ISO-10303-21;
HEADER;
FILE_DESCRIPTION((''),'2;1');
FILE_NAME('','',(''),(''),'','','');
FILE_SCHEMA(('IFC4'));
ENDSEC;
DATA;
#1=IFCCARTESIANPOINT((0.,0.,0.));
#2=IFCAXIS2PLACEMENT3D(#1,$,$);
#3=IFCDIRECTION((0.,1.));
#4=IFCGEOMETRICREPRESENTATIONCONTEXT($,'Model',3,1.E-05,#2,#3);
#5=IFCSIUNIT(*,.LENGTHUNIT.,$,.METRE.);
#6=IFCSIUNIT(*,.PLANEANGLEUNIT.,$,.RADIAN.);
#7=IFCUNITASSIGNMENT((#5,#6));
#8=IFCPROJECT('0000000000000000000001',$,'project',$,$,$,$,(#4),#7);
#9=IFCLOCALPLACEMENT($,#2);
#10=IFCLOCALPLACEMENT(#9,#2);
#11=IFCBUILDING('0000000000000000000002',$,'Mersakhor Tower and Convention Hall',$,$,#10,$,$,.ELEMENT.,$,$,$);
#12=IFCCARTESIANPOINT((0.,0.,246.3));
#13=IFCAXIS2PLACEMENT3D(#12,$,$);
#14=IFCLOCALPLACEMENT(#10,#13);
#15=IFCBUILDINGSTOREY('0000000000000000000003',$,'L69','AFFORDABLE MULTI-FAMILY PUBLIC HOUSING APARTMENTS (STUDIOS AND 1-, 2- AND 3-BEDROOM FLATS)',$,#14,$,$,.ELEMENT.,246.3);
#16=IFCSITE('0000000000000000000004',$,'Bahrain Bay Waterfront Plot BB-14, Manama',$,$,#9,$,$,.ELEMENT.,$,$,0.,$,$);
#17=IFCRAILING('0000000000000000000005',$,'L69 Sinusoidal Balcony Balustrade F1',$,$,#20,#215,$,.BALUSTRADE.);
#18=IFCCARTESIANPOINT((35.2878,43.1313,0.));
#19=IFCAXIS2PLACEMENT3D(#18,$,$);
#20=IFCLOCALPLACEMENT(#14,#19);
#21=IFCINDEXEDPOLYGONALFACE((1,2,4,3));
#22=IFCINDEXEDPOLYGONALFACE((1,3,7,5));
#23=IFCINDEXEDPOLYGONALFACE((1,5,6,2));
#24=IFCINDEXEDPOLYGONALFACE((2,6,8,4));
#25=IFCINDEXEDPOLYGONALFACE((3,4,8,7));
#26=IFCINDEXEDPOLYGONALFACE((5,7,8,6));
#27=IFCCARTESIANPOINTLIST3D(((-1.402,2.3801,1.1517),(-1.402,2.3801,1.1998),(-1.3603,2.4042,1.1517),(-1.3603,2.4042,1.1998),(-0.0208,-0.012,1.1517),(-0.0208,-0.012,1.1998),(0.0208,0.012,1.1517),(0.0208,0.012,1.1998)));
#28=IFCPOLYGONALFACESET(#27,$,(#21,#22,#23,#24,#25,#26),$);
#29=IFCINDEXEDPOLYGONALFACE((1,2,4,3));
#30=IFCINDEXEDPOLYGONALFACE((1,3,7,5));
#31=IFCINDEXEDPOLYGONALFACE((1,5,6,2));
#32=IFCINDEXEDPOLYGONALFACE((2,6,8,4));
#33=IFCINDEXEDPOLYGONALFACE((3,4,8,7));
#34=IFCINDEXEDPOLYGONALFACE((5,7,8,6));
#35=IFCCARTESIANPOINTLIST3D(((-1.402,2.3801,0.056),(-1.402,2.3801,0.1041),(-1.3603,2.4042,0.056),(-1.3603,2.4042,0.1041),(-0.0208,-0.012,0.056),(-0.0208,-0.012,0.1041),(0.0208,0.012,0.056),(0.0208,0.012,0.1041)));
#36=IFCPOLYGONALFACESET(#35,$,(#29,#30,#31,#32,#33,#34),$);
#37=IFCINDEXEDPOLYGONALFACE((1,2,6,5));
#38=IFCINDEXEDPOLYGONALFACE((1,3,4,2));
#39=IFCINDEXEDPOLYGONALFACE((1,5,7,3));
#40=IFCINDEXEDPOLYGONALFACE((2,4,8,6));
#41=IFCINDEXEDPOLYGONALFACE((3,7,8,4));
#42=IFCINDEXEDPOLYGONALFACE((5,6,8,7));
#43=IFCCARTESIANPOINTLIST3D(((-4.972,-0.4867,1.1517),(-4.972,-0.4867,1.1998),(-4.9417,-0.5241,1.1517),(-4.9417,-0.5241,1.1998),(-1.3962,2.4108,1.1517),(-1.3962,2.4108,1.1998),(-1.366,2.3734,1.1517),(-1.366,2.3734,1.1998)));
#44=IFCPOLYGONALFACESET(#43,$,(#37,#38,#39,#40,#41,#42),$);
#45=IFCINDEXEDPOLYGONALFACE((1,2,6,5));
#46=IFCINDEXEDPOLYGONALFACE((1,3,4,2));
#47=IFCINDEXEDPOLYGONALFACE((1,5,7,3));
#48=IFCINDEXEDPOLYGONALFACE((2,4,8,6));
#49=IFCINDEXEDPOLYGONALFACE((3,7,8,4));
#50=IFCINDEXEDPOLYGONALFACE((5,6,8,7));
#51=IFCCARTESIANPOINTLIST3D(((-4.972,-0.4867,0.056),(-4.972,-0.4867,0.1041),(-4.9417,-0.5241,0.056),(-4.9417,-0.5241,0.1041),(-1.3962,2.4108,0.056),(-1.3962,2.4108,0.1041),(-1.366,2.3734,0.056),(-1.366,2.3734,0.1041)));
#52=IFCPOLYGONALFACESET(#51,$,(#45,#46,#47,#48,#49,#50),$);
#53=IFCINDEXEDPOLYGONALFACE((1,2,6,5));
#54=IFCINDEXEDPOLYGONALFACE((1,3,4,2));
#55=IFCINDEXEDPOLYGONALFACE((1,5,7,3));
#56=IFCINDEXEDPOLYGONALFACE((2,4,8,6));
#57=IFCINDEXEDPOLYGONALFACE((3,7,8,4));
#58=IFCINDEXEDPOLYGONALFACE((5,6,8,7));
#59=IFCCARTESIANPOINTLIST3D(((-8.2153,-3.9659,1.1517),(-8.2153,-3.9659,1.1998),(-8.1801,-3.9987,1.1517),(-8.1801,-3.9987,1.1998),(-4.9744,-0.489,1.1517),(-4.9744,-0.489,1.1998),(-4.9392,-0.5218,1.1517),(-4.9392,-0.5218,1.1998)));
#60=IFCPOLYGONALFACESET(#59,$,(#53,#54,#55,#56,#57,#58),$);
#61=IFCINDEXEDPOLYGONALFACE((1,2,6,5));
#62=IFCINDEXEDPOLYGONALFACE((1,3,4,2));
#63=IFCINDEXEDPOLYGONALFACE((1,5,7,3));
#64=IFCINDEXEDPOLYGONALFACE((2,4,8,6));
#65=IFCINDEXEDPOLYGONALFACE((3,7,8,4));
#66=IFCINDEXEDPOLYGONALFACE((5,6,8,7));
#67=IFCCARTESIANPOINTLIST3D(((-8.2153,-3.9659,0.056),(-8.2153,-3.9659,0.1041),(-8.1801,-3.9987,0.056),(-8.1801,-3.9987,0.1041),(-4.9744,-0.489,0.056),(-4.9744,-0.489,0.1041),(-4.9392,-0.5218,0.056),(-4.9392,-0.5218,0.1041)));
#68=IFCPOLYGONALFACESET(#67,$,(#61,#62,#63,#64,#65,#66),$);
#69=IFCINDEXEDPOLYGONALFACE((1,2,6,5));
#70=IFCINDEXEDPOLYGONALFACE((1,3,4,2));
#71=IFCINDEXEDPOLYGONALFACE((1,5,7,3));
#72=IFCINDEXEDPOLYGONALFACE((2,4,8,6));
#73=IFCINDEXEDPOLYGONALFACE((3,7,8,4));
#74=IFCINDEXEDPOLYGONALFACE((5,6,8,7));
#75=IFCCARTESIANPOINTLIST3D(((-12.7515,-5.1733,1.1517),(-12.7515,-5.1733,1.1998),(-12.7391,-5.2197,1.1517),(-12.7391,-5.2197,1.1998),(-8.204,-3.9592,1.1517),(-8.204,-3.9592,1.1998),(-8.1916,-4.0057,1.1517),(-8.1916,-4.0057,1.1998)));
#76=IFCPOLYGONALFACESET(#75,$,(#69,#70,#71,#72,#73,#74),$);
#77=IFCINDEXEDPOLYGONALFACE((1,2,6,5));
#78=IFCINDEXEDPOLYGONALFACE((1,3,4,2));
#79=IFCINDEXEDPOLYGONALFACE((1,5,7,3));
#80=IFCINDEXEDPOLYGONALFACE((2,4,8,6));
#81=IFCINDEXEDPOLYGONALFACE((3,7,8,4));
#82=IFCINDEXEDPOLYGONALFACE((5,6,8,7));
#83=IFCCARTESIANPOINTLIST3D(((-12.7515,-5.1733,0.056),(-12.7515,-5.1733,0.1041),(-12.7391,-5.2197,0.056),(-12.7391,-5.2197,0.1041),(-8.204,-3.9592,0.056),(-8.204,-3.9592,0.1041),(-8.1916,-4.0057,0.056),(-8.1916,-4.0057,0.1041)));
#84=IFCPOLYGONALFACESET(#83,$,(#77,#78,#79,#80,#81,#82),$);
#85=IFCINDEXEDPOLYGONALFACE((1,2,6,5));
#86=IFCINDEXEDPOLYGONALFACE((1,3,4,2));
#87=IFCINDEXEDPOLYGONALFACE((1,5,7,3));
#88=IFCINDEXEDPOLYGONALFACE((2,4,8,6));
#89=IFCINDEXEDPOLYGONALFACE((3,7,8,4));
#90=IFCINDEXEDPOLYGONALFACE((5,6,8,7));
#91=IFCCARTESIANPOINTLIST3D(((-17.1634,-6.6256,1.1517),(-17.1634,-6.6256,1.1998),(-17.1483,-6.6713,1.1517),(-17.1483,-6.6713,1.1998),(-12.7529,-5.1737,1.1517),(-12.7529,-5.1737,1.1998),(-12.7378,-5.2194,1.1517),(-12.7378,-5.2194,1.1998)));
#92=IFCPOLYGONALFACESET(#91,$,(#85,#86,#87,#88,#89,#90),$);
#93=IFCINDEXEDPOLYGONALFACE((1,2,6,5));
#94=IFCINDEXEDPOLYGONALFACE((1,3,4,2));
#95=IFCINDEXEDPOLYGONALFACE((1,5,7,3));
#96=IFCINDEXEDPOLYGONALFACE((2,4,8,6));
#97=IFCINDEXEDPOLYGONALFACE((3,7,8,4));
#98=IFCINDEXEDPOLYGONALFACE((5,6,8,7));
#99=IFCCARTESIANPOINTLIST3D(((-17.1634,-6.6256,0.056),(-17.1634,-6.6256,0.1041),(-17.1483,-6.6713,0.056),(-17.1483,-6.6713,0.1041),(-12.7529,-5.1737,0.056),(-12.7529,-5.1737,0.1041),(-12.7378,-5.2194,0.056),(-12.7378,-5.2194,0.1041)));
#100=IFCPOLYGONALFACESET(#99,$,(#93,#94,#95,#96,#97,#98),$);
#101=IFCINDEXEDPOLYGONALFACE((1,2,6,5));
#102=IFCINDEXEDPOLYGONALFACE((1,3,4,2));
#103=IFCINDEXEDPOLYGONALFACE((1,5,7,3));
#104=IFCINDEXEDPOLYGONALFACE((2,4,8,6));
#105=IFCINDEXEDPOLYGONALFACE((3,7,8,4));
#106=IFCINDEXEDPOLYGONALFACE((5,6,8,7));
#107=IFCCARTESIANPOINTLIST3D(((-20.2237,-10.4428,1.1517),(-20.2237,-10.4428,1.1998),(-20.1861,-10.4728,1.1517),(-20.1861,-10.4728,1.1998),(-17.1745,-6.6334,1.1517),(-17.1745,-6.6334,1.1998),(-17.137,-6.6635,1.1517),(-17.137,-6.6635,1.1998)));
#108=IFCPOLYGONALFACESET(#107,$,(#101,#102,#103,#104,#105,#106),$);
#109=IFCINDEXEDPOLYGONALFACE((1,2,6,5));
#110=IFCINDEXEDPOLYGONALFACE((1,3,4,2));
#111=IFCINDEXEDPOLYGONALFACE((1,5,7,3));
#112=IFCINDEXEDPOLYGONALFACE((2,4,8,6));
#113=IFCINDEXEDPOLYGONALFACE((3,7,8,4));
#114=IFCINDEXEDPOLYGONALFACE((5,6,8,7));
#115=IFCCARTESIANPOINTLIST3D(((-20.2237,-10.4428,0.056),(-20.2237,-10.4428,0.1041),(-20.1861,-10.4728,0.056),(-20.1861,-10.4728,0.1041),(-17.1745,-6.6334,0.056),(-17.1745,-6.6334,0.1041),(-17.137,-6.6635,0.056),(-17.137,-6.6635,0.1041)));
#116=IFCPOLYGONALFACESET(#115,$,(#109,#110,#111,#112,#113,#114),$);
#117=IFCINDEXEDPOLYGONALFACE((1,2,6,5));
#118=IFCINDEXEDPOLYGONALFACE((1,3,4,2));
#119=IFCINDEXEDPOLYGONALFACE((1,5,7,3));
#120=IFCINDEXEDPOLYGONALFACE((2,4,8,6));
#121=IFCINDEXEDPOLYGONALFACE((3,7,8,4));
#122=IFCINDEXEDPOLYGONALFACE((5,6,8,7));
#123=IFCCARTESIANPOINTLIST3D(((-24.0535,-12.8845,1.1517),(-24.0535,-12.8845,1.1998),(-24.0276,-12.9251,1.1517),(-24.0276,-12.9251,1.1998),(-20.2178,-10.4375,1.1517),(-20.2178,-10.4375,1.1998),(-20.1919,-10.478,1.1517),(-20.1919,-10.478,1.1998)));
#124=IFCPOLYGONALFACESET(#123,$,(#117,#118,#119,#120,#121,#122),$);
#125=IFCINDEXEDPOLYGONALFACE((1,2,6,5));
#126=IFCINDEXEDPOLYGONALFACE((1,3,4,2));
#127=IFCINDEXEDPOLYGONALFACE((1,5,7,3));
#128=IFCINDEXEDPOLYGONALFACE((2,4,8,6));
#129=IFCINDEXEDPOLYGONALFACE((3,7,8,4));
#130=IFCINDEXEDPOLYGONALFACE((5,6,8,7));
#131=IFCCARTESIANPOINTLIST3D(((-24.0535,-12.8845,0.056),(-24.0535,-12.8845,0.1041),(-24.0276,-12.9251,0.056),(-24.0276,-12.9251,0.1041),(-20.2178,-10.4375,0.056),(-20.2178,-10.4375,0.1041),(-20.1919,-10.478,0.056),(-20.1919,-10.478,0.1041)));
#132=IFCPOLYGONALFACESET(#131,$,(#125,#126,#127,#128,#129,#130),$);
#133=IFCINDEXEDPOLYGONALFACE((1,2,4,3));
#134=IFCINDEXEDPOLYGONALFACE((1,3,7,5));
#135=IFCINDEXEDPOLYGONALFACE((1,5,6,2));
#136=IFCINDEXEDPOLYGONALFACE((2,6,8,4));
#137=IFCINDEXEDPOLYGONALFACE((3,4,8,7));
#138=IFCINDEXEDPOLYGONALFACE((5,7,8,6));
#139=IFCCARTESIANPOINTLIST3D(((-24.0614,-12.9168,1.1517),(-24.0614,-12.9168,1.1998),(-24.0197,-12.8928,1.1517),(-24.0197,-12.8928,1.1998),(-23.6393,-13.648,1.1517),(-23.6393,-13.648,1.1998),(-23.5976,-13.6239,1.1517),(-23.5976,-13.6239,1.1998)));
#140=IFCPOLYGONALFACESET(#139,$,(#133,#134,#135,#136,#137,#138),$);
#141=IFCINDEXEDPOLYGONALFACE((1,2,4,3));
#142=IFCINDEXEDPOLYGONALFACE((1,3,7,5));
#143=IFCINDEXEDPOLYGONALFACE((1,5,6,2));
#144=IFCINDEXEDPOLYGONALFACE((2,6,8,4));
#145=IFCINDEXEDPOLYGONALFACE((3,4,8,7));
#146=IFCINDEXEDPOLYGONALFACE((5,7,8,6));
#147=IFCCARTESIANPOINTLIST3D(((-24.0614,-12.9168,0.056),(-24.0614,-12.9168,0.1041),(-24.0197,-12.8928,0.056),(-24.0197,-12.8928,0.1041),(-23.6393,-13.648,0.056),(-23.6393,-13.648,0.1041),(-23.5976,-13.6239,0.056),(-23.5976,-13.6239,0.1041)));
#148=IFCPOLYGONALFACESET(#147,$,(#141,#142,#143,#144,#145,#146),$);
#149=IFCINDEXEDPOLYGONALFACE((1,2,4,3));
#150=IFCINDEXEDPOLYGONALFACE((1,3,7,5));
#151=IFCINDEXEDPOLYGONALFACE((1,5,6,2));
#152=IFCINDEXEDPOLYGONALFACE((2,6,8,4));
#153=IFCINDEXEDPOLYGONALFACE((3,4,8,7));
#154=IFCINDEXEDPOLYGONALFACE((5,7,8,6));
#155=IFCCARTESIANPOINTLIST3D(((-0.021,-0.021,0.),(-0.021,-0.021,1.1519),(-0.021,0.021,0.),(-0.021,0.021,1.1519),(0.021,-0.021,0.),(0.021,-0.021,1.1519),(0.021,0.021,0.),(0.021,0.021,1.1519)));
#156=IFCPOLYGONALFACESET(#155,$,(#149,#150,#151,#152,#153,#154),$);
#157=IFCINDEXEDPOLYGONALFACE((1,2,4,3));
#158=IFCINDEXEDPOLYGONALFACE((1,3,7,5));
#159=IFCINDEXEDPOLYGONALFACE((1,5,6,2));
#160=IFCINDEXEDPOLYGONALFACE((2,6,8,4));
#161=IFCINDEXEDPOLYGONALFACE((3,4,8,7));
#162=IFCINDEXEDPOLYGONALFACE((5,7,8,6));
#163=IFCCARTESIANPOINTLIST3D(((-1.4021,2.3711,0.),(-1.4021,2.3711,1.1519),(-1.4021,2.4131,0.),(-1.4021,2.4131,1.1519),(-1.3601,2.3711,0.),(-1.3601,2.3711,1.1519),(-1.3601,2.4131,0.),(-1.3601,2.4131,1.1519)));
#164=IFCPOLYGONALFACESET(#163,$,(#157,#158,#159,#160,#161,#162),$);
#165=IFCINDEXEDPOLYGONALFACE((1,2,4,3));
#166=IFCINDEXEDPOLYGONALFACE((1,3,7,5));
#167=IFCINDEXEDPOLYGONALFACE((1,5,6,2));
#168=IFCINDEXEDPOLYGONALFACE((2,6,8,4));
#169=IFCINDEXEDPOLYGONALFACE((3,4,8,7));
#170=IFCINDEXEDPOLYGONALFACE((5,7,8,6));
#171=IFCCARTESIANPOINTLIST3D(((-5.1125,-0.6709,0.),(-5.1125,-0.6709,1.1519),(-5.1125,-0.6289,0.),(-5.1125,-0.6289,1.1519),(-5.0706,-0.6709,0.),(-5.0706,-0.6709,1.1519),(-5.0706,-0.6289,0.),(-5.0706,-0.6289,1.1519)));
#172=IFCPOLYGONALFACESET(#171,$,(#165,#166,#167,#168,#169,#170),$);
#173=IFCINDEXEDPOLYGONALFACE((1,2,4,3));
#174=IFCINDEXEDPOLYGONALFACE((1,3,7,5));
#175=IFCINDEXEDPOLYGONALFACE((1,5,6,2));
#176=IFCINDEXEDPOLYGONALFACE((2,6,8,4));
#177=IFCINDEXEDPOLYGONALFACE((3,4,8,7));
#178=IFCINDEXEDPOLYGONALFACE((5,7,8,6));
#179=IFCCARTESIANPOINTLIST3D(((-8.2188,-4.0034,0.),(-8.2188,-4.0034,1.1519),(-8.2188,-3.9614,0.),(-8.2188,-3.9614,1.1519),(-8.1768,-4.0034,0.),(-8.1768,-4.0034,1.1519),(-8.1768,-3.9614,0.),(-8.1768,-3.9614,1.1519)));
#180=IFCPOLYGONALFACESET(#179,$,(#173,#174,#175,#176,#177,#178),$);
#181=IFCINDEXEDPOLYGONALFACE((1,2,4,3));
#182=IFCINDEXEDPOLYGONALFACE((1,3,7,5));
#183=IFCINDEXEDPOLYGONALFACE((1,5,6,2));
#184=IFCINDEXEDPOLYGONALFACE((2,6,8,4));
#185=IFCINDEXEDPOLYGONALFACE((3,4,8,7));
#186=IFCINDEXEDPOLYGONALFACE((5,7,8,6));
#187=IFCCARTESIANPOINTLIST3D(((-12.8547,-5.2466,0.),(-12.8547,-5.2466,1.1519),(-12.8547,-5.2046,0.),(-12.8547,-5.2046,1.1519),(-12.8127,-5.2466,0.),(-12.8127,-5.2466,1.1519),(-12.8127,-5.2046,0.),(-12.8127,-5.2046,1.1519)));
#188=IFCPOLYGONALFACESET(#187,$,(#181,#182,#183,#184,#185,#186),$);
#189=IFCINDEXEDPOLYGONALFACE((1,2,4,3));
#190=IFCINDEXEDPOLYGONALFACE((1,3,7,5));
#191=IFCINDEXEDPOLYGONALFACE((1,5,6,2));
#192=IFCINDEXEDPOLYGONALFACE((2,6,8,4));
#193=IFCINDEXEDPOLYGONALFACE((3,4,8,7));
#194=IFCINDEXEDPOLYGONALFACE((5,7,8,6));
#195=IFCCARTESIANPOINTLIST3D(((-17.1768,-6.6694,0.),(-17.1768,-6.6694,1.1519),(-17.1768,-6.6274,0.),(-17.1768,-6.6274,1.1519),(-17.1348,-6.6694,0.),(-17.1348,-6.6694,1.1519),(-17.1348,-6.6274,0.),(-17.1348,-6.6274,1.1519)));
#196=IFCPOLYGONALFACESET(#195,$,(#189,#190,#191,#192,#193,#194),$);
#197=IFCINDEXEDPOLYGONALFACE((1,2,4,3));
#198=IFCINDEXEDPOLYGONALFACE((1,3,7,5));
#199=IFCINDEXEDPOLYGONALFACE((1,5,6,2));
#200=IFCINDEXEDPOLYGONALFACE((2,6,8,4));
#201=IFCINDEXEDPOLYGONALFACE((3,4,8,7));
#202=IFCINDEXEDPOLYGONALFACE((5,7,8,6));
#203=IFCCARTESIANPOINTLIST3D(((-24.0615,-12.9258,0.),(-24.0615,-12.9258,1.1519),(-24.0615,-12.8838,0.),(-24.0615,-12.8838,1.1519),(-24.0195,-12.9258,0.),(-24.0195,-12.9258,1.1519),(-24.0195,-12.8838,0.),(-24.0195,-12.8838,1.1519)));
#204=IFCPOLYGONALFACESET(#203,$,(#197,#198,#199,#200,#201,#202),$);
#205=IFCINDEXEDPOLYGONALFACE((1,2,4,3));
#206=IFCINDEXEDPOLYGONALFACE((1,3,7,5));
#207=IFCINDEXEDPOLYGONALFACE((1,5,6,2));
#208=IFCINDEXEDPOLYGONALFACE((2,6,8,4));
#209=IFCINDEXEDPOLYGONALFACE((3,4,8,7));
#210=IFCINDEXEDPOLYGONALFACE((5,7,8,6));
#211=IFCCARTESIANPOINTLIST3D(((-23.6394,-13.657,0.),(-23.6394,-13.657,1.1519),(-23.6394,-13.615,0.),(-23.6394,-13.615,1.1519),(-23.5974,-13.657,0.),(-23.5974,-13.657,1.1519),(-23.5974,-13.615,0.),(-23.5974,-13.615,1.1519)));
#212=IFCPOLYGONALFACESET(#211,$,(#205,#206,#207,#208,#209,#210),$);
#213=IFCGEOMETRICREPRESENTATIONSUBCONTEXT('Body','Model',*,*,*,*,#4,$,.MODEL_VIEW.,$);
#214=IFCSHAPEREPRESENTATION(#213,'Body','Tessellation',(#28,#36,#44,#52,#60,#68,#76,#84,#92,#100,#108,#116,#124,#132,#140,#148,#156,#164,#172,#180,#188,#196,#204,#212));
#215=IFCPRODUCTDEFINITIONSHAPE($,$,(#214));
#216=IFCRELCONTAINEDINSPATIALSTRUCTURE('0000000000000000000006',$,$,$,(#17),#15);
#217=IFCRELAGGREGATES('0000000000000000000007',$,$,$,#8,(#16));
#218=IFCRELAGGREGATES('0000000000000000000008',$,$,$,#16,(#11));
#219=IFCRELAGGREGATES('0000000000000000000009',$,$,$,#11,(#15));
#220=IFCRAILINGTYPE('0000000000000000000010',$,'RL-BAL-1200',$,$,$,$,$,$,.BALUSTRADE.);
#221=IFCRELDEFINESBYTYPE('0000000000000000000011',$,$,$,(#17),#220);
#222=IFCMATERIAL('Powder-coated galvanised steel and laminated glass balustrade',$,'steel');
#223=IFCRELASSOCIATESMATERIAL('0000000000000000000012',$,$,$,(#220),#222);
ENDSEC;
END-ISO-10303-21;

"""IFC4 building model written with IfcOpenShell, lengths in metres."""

from ifc_helpers import new_model, si_unit, direction, frame, origin, origin_2d, place, context, subcontext, project, spatial, rectangle, extrude, material, type_object, element, save


model = new_model("IFC4")

# Units and contexts
model_context = context("Model", 3, precision=1e-05, world=origin(), true_north=direction((0.0, 1.0)))
body_context = subcontext(model_context, "Body", "Model", "MODEL_VIEW")
ifc_project = project(units=[si_unit("LENGTHUNIT", "METRE"), si_unit("PLANEANGLEUNIT", "RADIAN")], contexts=[model_context])

# Site, building, storey
site_placement = place(None, origin())
site = spatial("IfcSite", under=ifc_project, at=site_placement, Name="Bahrain Bay Waterfront Plot BB-14, Manama", CompositionType="ELEMENT", RefElevation=0.0)
building_placement = place(site_placement, origin())
building = spatial("IfcBuilding", under=site, at=building_placement, Name="Mersakhor Tower and Convention Hall", CompositionType="ELEMENT")
storey_placement = place(building_placement, frame((0.0, 0.0, 246.3)))
storey = spatial("IfcBuildingStorey", under=building, at=storey_placement, Name="L69", Description="AFFORDABLE MULTI-FAMILY PUBLIC HOUSING APARTMENTS (STUDIOS AND 1-, 2- AND 3-BEDROOM FLATS)", CompositionType="ELEMENT", Elevation=246.3)

# Railing
ifc_material_1 = material(Name="Powder-coated galvanised steel and laminated glass balustrade", Category="steel")
railing_type = type_object("IfcRailingType", Name="RL-BAL-1200", PredefinedType="BALUSTRADE", material=ifc_material_1)
railing_placement = place(storey_placement, frame((35.2878, 43.1313, 0.0)))
element("IfcRailing", 1, at=railing_placement, inside=storey, type_object=railing_type, Name="L69 Sinusoidal Balcony Balustrade F1", PredefinedType="BALUSTRADE", context=body_context, shape_type="SweptSolid", body=[
    extrude(rectangle(XDim=0.0481, YDim=0.0481, at=origin_2d()), frame((0.0, 0.0, 1.1758), z_axis=(-0.500008, 0.866021, 0.0), x_axis=(-0.866021, -0.500008, 0.0)), (0.0, 0.0, 1.0), 2.7622),
    extrude(rectangle(XDim=0.0481, YDim=0.0481, at=origin_2d()), frame((0.0, 0.0, 0.0801), z_axis=(-0.500008, 0.866021, 0.0), x_axis=(-0.866021, -0.500008, 0.0)), (0.0, 0.0, 1.0), 2.7622),
    extrude(rectangle(XDim=0.0481, YDim=0.0481, at=origin_2d()), frame((-1.3811, 2.3921, 1.1758), z_axis=(-0.776941, -0.629574, 0.0), x_axis=(0.629574, -0.776941, 0.0)), (0.0, 0.0, 1.0), 4.6023),
    extrude(rectangle(XDim=0.0481, YDim=0.0481, at=origin_2d()), frame((-1.3811, 2.3921, 0.0801), z_axis=(-0.776941, -0.629574, 0.0), x_axis=(0.629574, -0.776941, 0.0)), (0.0, 0.0, 1.0), 4.6023),
    extrude(rectangle(XDim=0.0481, YDim=0.0481, at=origin_2d()), frame((-4.9568, -0.5054, 1.1758), z_axis=(-0.681837, -0.731504, 0.0), x_axis=(0.731504, -0.681837, 0.0)), (0.0, 0.0, 1.0), 4.7532),
    extrude(rectangle(XDim=0.0481, YDim=0.0481, at=origin_2d()), frame((-4.9568, -0.5054, 0.0801), z_axis=(-0.681837, -0.731504, 0.0), x_axis=(0.731504, -0.681837, 0.0)), (0.0, 0.0, 1.0), 4.7532),
    extrude(rectangle(XDim=0.0481, YDim=0.0481, at=origin_2d()), frame((-8.1978, -3.9824, 1.1758), z_axis=(-0.96616, -0.257944, 0.0), x_axis=(0.257944, -0.96616, 0.0)), (0.0, 0.0, 1.0), 4.7068),
    extrude(rectangle(XDim=0.0481, YDim=0.0481, at=origin_2d()), frame((-8.1978, -3.9824, 0.0801), z_axis=(-0.96616, -0.257944, 0.0), x_axis=(0.257944, -0.96616, 0.0)), (0.0, 0.0, 1.0), 4.7068),
    extrude(rectangle(XDim=0.0481, YDim=0.0481, at=origin_2d()), frame((-12.7454, -5.1965, 1.1758), z_axis=(-0.949855, -0.312692, 0.0), x_axis=(0.312692, -0.949855, 0.0)), (0.0, 0.0, 1.0), 4.6433),
    extrude(rectangle(XDim=0.0481, YDim=0.0481, at=origin_2d()), frame((-12.7454, -5.1965, 0.0801), z_axis=(-0.949855, -0.312692, 0.0), x_axis=(0.312692, -0.949855, 0.0)), (0.0, 0.0, 1.0), 4.6433),
    extrude(rectangle(XDim=0.0481, YDim=0.0481, at=origin_2d()), frame((-17.1558, -6.6484, 1.1758), z_axis=(-0.624896, -0.780708, 0.0), x_axis=(0.780708, -0.624896, 0.0)), (0.0, 0.0, 1.0), 4.8794),
    extrude(rectangle(XDim=0.0481, YDim=0.0481, at=origin_2d()), frame((-17.1558, -6.6484, 0.0801), z_axis=(-0.624896, -0.780708, 0.0), x_axis=(0.780708, -0.624896, 0.0)), (0.0, 0.0, 1.0), 4.8794),
    extrude(rectangle(XDim=0.0481, YDim=0.0481, at=origin_2d()), frame((-20.2048, -10.4578, 1.1758), z_axis=(-0.843051, -0.537833, 0.0), x_axis=(0.537833, -0.843051, 0.0)), (0.0, 0.0, 1.0), 4.5498),
    extrude(rectangle(XDim=0.0481, YDim=0.0481, at=origin_2d()), frame((-20.2048, -10.4578, 0.0801), z_axis=(-0.843051, -0.537833, 0.0), x_axis=(0.537833, -0.843051, 0.0)), (0.0, 0.0, 1.0), 4.5498),
    extrude(rectangle(XDim=0.0481, YDim=0.0481, at=origin_2d()), frame((-24.0405, -12.9048, 1.1758), z_axis=(0.499964, -0.866046, 0.0), x_axis=(0.866046, 0.499964, 0.0)), (0.0, 0.0, 1.0), 0.8442),
    extrude(rectangle(XDim=0.0481, YDim=0.0481, at=origin_2d()), frame((-24.0405, -12.9048, 0.0801), z_axis=(0.499964, -0.866046, 0.0), x_axis=(0.866046, 0.499964, 0.0)), (0.0, 0.0, 1.0), 0.8442),
    extrude(rectangle(XDim=0.042, YDim=0.042, at=origin_2d()), origin(), (0.0, 0.0, 1.0), 1.1519),
    extrude(rectangle(XDim=0.042, YDim=0.042, at=origin_2d()), frame((-1.3811, 2.3921, 0.0)), (0.0, 0.0, 1.0), 1.1519),
    extrude(rectangle(XDim=0.042, YDim=0.042, at=origin_2d()), frame((-5.0916, -0.6499, 0.0)), (0.0, 0.0, 1.0), 1.1519),
    extrude(rectangle(XDim=0.042, YDim=0.042, at=origin_2d()), frame((-8.1978, -3.9824, 0.0)), (0.0, 0.0, 1.0), 1.1519),
    extrude(rectangle(XDim=0.042, YDim=0.042, at=origin_2d()), frame((-12.8337, -5.2256, 0.0)), (0.0, 0.0, 1.0), 1.1519),
    extrude(rectangle(XDim=0.042, YDim=0.042, at=origin_2d()), frame((-17.1558, -6.6484, 0.0)), (0.0, 0.0, 1.0), 1.1519),
    extrude(rectangle(XDim=0.042, YDim=0.042, at=origin_2d()), frame((-24.0405, -12.9048, 0.0)), (0.0, 0.0, 1.0), 1.1519),
    extrude(rectangle(XDim=0.042, YDim=0.042, at=origin_2d()), frame((-23.6184, -13.636, 0.0)), (0.0, 0.0, 1.0), 1.1519),
])

save(model, "model.ifc")
